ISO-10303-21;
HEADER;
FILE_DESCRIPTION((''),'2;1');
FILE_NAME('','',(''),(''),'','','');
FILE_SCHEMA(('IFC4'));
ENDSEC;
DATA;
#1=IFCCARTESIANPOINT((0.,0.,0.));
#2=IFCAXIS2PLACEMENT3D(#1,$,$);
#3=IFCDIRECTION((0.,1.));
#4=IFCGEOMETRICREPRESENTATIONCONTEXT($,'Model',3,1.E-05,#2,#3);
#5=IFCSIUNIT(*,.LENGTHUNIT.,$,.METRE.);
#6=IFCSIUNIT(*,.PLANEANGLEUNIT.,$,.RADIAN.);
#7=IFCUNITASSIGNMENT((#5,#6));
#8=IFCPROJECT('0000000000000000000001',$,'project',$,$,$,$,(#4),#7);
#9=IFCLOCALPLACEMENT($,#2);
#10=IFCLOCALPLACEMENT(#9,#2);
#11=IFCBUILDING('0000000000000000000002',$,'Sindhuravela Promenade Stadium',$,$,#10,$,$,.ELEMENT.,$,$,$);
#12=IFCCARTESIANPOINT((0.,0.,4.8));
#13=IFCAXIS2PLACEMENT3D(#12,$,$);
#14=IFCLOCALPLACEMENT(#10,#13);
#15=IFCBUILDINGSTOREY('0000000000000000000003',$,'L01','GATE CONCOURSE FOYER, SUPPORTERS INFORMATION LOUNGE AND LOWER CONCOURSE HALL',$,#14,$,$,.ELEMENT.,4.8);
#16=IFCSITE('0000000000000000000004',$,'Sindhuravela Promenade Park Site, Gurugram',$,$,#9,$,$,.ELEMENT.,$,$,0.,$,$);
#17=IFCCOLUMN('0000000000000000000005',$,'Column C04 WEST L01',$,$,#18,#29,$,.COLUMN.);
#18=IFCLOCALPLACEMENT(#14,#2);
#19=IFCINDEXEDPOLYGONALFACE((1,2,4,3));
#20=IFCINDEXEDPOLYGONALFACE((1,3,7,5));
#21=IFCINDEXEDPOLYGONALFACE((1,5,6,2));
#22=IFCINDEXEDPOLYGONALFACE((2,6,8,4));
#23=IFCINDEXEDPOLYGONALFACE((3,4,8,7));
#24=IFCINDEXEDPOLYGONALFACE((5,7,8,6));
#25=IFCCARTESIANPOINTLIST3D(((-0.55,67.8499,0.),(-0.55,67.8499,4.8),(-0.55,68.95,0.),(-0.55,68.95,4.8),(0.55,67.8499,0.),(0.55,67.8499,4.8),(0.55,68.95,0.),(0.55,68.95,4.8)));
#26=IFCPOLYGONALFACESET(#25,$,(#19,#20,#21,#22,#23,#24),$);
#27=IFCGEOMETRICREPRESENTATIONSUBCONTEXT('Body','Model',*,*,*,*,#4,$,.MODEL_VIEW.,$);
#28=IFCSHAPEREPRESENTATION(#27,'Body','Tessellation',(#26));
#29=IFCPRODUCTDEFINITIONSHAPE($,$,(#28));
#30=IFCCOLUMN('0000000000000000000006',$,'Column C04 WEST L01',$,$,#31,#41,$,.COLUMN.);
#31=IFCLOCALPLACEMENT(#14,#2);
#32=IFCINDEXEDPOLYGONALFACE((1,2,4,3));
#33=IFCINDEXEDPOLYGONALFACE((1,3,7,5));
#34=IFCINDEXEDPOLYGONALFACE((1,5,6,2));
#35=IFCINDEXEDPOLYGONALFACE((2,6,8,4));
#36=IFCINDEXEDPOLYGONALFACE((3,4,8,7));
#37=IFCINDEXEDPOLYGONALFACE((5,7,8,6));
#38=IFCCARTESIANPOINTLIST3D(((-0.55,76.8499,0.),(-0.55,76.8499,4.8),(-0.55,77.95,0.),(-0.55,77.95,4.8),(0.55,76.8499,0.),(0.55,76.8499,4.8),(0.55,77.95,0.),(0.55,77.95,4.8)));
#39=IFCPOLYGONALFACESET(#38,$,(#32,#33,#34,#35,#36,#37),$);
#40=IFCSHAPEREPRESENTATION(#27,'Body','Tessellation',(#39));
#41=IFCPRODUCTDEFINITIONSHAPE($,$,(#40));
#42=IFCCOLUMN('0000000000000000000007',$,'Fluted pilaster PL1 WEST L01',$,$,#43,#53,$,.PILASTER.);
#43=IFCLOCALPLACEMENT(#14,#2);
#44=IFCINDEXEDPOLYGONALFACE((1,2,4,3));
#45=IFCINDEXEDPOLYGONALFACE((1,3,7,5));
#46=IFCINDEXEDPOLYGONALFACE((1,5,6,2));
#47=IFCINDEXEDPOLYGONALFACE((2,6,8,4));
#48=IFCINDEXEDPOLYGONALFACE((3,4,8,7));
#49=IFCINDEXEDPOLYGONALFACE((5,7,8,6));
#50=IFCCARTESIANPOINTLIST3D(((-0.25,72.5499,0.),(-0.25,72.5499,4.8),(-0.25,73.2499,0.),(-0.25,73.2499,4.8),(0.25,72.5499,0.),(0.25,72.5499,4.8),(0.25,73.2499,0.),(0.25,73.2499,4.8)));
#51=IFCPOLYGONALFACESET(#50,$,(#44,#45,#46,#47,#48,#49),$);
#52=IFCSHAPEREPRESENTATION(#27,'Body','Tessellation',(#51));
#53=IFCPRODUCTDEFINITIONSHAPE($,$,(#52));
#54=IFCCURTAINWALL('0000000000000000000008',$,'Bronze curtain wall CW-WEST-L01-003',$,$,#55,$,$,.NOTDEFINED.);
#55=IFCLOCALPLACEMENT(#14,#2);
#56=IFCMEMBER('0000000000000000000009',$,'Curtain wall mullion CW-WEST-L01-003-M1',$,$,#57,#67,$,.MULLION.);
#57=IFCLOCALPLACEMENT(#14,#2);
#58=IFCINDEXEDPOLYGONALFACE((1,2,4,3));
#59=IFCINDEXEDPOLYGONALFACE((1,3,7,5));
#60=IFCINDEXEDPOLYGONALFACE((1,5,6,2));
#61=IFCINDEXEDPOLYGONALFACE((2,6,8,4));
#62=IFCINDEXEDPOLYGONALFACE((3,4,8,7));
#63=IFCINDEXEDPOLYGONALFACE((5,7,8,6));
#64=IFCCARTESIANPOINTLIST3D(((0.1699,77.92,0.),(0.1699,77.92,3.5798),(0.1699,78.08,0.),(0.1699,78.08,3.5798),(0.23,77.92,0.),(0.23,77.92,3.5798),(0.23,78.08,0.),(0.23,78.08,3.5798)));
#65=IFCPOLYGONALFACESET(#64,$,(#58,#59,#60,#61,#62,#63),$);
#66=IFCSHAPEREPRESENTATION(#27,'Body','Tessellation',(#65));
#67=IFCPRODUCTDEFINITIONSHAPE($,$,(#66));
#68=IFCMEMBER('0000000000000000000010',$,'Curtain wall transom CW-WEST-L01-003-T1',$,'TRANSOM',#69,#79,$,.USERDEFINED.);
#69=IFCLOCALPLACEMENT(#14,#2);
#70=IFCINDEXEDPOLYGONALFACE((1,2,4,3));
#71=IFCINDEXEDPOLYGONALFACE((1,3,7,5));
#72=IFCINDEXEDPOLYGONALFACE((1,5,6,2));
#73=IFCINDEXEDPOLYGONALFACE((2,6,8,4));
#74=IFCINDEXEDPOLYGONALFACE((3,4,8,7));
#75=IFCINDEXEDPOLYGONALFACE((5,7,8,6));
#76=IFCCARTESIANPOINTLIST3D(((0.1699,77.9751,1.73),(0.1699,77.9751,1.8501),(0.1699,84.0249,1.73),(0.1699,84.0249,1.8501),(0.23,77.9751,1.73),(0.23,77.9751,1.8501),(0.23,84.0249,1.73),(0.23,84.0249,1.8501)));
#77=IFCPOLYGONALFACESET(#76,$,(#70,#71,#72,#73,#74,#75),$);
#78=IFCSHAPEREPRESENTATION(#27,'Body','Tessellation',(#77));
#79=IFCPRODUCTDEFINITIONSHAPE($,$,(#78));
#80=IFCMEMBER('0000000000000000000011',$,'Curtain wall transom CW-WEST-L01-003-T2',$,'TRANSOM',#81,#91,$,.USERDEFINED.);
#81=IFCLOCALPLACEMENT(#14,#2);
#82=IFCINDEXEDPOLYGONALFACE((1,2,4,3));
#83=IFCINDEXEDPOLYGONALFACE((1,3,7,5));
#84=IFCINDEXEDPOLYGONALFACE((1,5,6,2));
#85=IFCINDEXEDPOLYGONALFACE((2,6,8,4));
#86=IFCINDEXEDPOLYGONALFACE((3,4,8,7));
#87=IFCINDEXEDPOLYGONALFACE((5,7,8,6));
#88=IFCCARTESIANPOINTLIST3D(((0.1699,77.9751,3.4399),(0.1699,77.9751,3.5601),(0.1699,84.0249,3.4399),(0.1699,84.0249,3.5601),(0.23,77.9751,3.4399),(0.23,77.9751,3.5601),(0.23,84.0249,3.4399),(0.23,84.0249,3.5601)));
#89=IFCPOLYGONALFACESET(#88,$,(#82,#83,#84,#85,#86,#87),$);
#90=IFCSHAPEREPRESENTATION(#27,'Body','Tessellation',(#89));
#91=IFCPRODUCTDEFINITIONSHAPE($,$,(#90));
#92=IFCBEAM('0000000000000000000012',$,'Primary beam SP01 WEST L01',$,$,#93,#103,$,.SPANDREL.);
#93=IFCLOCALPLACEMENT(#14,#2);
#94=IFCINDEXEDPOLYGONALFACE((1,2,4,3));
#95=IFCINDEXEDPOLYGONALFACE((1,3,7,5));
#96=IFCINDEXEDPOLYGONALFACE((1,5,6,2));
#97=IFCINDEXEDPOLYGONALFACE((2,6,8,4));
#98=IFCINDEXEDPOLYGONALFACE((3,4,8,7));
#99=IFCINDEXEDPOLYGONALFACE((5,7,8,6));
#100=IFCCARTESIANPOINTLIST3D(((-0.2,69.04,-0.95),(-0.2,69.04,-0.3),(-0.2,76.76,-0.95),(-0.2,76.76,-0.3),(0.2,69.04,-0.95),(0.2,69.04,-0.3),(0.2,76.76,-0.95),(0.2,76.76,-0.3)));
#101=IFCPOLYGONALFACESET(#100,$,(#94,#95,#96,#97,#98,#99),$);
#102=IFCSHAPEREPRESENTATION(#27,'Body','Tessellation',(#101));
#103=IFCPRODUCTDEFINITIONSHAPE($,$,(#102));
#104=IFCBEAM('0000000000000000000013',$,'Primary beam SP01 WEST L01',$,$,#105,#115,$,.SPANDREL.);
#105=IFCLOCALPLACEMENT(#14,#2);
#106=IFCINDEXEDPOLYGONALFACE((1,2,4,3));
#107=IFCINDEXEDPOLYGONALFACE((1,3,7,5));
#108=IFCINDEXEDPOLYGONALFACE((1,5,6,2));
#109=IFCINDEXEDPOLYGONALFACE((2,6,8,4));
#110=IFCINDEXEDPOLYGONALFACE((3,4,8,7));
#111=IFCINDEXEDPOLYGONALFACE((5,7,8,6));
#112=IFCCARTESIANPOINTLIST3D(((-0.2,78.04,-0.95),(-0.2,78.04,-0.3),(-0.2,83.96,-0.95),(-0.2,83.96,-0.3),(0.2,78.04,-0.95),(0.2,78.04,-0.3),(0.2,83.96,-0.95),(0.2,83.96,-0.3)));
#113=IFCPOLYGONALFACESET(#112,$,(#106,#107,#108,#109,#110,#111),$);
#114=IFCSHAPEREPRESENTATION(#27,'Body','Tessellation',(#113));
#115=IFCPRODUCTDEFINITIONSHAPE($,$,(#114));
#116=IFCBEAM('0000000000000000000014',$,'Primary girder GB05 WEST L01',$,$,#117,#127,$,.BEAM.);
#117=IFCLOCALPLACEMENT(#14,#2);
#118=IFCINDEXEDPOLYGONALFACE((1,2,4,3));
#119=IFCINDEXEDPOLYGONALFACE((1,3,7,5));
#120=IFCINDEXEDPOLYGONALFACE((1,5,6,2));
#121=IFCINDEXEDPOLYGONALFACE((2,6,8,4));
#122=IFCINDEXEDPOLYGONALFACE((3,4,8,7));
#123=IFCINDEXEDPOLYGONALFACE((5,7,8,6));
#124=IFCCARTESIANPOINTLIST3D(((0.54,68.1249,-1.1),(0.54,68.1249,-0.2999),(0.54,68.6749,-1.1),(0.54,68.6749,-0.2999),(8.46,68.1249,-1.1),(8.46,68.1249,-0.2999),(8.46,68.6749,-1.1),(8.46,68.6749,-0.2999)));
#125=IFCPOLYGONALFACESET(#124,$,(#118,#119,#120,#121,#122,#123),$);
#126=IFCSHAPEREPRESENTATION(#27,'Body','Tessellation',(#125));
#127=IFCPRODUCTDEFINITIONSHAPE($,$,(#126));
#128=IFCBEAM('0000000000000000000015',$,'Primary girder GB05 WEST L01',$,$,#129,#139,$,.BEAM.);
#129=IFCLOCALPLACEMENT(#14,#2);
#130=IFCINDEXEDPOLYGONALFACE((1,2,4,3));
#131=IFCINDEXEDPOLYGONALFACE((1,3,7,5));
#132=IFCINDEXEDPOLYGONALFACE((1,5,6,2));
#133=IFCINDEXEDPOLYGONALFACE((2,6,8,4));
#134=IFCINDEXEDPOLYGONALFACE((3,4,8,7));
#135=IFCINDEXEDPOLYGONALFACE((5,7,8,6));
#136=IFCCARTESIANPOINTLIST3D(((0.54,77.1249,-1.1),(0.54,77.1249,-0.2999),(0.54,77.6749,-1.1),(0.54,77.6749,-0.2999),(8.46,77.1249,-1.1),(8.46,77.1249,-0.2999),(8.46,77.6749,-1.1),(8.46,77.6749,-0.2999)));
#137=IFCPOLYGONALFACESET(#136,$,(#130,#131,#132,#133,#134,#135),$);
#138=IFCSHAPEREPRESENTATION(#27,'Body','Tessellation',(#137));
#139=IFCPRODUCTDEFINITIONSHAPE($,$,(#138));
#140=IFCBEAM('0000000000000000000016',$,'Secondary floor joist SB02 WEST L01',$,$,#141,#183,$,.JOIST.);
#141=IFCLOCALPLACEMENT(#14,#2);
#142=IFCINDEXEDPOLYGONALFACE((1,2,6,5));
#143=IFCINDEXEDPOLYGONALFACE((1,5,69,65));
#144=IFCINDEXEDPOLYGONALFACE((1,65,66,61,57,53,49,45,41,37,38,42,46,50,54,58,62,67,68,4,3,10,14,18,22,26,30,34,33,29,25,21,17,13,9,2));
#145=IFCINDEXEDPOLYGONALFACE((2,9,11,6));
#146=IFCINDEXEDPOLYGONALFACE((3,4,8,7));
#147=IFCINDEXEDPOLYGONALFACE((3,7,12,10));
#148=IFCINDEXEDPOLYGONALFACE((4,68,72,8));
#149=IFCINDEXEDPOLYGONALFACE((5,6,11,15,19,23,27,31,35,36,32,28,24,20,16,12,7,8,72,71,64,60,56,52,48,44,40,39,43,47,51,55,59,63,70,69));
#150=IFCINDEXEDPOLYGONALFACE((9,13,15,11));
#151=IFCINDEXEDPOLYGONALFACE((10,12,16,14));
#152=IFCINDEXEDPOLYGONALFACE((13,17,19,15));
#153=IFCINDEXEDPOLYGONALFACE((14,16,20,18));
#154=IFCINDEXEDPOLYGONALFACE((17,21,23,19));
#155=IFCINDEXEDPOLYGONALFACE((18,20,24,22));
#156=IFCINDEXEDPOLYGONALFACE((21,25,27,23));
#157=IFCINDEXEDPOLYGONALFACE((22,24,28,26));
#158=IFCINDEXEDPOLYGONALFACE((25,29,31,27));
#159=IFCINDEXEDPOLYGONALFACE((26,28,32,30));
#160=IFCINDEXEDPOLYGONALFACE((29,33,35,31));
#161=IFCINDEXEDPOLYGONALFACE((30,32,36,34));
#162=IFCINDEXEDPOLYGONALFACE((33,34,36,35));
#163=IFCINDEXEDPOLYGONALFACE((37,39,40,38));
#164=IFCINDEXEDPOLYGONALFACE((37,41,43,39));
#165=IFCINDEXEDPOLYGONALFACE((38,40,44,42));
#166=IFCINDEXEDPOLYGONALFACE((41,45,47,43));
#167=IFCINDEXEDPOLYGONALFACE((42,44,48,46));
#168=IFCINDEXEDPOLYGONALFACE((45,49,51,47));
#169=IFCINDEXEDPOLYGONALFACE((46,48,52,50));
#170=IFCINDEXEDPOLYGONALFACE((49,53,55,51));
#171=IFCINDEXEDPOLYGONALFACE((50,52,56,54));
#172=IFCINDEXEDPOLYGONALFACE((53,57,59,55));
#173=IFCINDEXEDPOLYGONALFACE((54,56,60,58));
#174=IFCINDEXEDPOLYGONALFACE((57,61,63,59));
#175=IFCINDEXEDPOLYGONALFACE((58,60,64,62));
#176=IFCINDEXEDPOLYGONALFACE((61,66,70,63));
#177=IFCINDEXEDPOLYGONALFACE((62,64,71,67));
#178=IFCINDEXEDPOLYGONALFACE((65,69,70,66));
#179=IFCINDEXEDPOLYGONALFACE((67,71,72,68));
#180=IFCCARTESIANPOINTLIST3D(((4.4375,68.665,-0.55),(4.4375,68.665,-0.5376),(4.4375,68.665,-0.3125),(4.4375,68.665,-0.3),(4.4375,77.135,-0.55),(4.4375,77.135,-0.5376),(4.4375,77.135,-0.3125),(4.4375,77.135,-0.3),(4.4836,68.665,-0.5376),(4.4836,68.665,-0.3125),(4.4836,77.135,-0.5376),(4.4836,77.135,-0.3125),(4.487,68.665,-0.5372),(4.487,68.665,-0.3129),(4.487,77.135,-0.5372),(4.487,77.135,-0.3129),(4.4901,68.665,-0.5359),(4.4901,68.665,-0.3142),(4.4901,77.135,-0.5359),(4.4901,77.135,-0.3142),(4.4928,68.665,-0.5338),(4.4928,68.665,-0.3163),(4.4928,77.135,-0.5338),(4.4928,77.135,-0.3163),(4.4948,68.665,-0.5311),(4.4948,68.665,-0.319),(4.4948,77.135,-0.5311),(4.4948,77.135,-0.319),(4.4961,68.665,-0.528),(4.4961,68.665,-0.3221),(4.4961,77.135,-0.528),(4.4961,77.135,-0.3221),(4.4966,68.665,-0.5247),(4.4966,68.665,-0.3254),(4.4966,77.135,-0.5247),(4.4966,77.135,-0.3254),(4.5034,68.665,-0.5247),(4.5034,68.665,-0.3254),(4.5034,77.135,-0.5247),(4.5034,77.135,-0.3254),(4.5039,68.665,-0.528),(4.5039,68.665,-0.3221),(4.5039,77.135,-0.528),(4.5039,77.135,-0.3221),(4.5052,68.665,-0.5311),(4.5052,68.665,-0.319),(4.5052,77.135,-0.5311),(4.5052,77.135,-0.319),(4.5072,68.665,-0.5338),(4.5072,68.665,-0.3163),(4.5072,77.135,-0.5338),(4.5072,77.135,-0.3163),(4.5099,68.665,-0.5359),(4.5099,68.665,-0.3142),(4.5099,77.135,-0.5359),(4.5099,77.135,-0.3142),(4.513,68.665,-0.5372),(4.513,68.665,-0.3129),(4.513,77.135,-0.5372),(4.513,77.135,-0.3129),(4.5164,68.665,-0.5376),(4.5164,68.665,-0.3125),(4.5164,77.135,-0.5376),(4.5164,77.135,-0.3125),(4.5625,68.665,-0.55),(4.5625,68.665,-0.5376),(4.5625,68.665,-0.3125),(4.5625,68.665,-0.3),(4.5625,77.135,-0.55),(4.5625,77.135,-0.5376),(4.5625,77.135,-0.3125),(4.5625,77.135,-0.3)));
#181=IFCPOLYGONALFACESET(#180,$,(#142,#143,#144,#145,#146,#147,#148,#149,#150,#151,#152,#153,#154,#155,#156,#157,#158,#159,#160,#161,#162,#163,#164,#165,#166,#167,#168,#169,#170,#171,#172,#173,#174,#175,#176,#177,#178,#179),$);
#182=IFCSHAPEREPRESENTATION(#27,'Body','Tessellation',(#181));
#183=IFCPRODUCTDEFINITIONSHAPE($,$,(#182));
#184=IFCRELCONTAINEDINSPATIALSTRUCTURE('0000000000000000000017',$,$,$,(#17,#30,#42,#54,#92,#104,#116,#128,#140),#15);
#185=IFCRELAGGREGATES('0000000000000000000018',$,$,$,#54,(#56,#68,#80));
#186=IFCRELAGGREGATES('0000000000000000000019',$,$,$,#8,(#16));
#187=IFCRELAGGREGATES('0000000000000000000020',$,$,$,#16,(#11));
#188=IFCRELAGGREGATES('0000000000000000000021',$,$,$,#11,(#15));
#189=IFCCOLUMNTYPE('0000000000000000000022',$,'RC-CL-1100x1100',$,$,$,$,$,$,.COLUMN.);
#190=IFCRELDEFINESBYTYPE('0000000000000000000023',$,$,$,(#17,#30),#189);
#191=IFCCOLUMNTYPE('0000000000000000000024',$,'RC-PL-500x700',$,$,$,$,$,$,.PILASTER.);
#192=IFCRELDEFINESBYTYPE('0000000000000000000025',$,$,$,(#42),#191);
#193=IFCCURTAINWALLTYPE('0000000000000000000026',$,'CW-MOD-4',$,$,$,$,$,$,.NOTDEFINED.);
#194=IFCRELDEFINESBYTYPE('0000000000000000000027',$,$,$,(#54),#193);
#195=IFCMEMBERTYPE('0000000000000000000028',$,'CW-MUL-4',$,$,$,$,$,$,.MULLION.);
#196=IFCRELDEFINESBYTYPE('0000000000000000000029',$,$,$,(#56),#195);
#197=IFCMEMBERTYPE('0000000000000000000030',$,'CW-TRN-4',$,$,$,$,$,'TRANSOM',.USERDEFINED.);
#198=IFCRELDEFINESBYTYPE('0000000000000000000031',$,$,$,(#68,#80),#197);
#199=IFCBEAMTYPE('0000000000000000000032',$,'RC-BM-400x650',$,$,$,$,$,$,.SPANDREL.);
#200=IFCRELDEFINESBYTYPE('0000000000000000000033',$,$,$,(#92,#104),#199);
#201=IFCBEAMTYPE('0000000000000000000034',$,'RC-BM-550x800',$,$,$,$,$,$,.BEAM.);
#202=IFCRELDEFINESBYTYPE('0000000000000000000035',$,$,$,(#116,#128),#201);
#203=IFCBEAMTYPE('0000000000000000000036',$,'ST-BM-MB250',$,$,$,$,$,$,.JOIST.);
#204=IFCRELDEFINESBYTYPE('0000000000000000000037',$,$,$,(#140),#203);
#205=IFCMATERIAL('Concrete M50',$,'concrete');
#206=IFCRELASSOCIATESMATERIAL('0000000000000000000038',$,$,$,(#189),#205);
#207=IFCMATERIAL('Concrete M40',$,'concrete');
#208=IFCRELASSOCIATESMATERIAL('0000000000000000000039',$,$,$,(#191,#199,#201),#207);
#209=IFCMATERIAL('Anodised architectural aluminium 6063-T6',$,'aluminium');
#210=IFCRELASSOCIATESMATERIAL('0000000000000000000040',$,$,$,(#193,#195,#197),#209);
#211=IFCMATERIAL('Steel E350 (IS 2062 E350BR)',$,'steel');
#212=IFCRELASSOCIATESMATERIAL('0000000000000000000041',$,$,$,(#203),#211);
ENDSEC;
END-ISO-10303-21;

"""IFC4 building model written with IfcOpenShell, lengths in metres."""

from ifc_helpers import new_model, si_unit, direction, frame, origin, origin_2d, place, context, subcontext, project, spatial, rectangle, i_section, extrude, material, material_profile, profile_set, type_object, element, aggregate, save


model = new_model("IFC4")

# Units and contexts
model_context = context("Model", 3, precision=1e-05, world=origin(), true_north=direction((0.0, 1.0)))
body_context = subcontext(model_context, "Body", "Model", "MODEL_VIEW")
ifc_project = project(units=[si_unit("LENGTHUNIT", "METRE"), si_unit("PLANEANGLEUNIT", "RADIAN")], contexts=[model_context])

# Site, building, storey
site_placement = place(None, origin())
site = spatial("IfcSite", under=ifc_project, at=site_placement, Name="Sindhuravela Promenade Park Site, Gurugram", CompositionType="ELEMENT", RefElevation=0.0)
building_placement = place(site_placement, origin())
building = spatial("IfcBuilding", under=site, at=building_placement, Name="Sindhuravela Promenade Stadium", CompositionType="ELEMENT")
storey_placement = place(building_placement, frame((0.0, 0.0, 4.8)))
storey = spatial("IfcBuildingStorey", under=building, at=storey_placement, Name="L01", Description="GATE CONCOURSE FOYER, SUPPORTERS INFORMATION LOUNGE AND LOWER CONCOURSE HALL", CompositionType="ELEMENT", Elevation=4.8)

# Columns
ifc_material_1 = material(Name="Concrete M50", Category="concrete")
ifc_material_profile_1 = material_profile(ifc_material_1, rectangle(XDim=1.1001, YDim=1.1001, at=origin_2d()), Name="RC 1100x1100")
ifc_profile_set_1 = profile_set([ifc_material_profile_1], Name="Concrete M50")
column_type_1 = type_object("IfcColumnType", Name="RC-CL-1100x1100", PredefinedType="COLUMN", material=ifc_profile_set_1)
for number, where, z_axis, x_axis, name in (
    (1, (0.0, 68.3999, 0.0), (0.0, 0.0, 1.0), (1.0, 0.0, 0.0), "Column C04 WEST L01"),
    (2, (0.0, 77.3999, 0.0), (0.0, 0.0, 1.0), (1.0, 0.0, 0.0), "Column C04 WEST L01"),
):
    element("IfcColumn", number, at=place(storey_placement, frame(where, z_axis=z_axis, x_axis=x_axis)), inside=storey, type_object=column_type_1, Name=name, PredefinedType="COLUMN", context=body_context, shape_type="SweptSolid", body=[
        extrude(rectangle(XDim=1.1001, YDim=1.1001, at=origin_2d()), origin(), (0.0, 0.0, 1.0), 4.8),
    ])
ifc_material_2 = material(Name="Concrete M40", Category="concrete")
ifc_material_profile_2 = material_profile(ifc_material_2, rectangle(XDim=0.5, YDim=0.7, at=origin_2d()), Name="PIL 500x700")
ifc_profile_set_2 = profile_set([ifc_material_profile_2], Name="Concrete M40")
column_type_2 = type_object("IfcColumnType", Name="RC-PL-500x700", PredefinedType="PILASTER", material=ifc_profile_set_2)
column_placement = place(storey_placement, frame((0.0, 72.8999, 0.0), z_axis=(0.0, 0.0, 1.0), x_axis=(1.0, 0.0, 0.0)))
element("IfcColumn", 3, at=column_placement, inside=storey, type_object=column_type_2, Name="Fluted pilaster PL1 WEST L01", PredefinedType="PILASTER", context=body_context, shape_type="SweptSolid", body=[
    extrude(rectangle(XDim=0.5, YDim=0.7, at=origin_2d()), origin(), (0.0, 0.0, 1.0), 4.8),
])

# Curtain wall, members
ifc_material_3 = material(Name="Anodised architectural aluminium 6063-T6", Category="aluminium")
curtain_wall_type = type_object("IfcCurtainWallType", Name="CW-MOD-4", PredefinedType="NOTDEFINED", material=ifc_material_3)
curtain_wall_placement = place(storey_placement, origin())
curtain_wall = element("IfcCurtainWall", 4, at=curtain_wall_placement, inside=storey, type_object=curtain_wall_type, Name="Bronze curtain wall CW-WEST-L01-003", PredefinedType="NOTDEFINED")
ifc_material_profile_3 = material_profile(ifc_material_3, rectangle(XDim=0.0601, YDim=0.1599, at=origin_2d()), Name="ALU M60x160")
ifc_profile_set_3 = profile_set([ifc_material_profile_3], Name="Anodised architectural aluminium 6063-T6")
member_type_1 = type_object("IfcMemberType", Name="CW-MUL-4", PredefinedType="MULLION", material=ifc_profile_set_3)
member_1_placement = place(storey_placement, frame((0.2, 78.0, 0.0), z_axis=(0.0, 0.0, 1.0), x_axis=(1.0, 0.0, 0.0)))
member_1 = element("IfcMember", 5, at=member_1_placement, type_object=member_type_1, Name="Curtain wall mullion CW-WEST-L01-003-M1", PredefinedType="MULLION", context=body_context, shape_type="SweptSolid", body=[
    extrude(rectangle(XDim=0.0601, YDim=0.1599, at=origin_2d()), origin(), (0.0, 0.0, 1.0), 3.5798),
])
ifc_material_profile_4 = material_profile(ifc_material_3, rectangle(XDim=0.0601, YDim=0.1201, at=origin_2d()), Name="ALU T60x120")
ifc_profile_set_4 = profile_set([ifc_material_profile_4], Name="Anodised architectural aluminium 6063-T6")
member_type_2 = type_object("IfcMemberType", Name="CW-TRN-4", ElementType="TRANSOM", PredefinedType="USERDEFINED", material=ifc_profile_set_4)
member_2_placement = place(storey_placement, frame((0.2, 77.9751, 1.79), z_axis=(0.0, 1.0, 0.0), x_axis=(-1.0, 0.0, 0.0)))
member_2 = element("IfcMember", 6, at=member_2_placement, type_object=member_type_2, Name="Curtain wall transom CW-WEST-L01-003-T1", ObjectType="TRANSOM", PredefinedType="USERDEFINED", context=body_context, shape_type="SweptSolid", body=[
    extrude(rectangle(XDim=0.0601, YDim=0.1201, at=origin_2d()), origin(), (0.0, 0.0, 1.0), 6.0498),
])
member_3_placement = place(storey_placement, frame((0.2, 77.9751, 3.5), z_axis=(0.0, 1.0, 0.0), x_axis=(-1.0, 0.0, 0.0)))
member_3 = element("IfcMember", 7, at=member_3_placement, type_object=member_type_2, Name="Curtain wall transom CW-WEST-L01-003-T2", ObjectType="TRANSOM", PredefinedType="USERDEFINED", context=body_context, shape_type="SweptSolid", body=[
    extrude(rectangle(XDim=0.0601, YDim=0.1201, at=origin_2d()), origin(), (0.0, 0.0, 1.0), 6.0498),
])
aggregate(curtain_wall, [member_1, member_2, member_3])

# Beams
ifc_material_profile_5 = material_profile(ifc_material_2, rectangle(XDim=0.3999, YDim=0.6499, at=origin_2d()), Name="RC 400x650")
ifc_profile_set_5 = profile_set([ifc_material_profile_5], Name="Concrete M40")
beam_type_1 = type_object("IfcBeamType", Name="RC-BM-400x650", PredefinedType="SPANDREL", material=ifc_profile_set_5)
beam_1_placement = place(storey_placement, frame((0.0, 69.04, -0.625), z_axis=(0.0, 1.0, 0.0), x_axis=(-1.0, 0.0, 0.0)))
element("IfcBeam", 8, at=beam_1_placement, inside=storey, type_object=beam_type_1, Name="Primary beam SP01 WEST L01", PredefinedType="SPANDREL", context=body_context, shape_type="SweptSolid", body=[
    extrude(rectangle(XDim=0.3999, YDim=0.6499, at=origin_2d()), origin(), (0.0, 0.0, 1.0), 7.72),
])
beam_2_placement = place(storey_placement, frame((0.0, 78.04, -0.625), z_axis=(0.0, 1.0, 0.0), x_axis=(-1.0, 0.0, 0.0)))
element("IfcBeam", 9, at=beam_2_placement, inside=storey, type_object=beam_type_1, Name="Primary beam SP01 WEST L01", PredefinedType="SPANDREL", context=body_context, shape_type="SweptSolid", body=[
    extrude(rectangle(XDim=0.3999, YDim=0.6499, at=origin_2d()), origin(), (0.0, 0.0, 1.0), 5.9199),
])
ifc_material_profile_6 = material_profile(ifc_material_2, rectangle(XDim=0.55, YDim=0.8, at=origin_2d()), Name="RC 550x800")
ifc_profile_set_6 = profile_set([ifc_material_profile_6], Name="Concrete M40")
beam_type_2 = type_object("IfcBeamType", Name="RC-BM-550x800", PredefinedType="BEAM", material=ifc_profile_set_6)
for number, where, z_axis, x_axis, name in (
    (10, (0.54, 68.3999, -0.7), (1.0, 0.0, 0.0), (0.0, 1.0, 0.0), "Primary girder GB05 WEST L01"),
    (11, (0.54, 77.3999, -0.7), (1.0, 0.0, 0.0), (0.0, 1.0, 0.0), "Primary girder GB05 WEST L01"),
):
    element("IfcBeam", number, at=place(storey_placement, frame(where, z_axis=z_axis, x_axis=x_axis)), inside=storey, type_object=beam_type_2, Name=name, PredefinedType="BEAM", context=body_context, shape_type="SweptSolid", body=[
        extrude(rectangle(XDim=0.55, YDim=0.8, at=origin_2d()), origin(), (0.0, 0.0, 1.0), 7.9199),
    ])
ifc_material_4 = material(Name="Steel E350 (IS 2062 E350BR)", Category="steel")
ifc_material_profile_7 = material_profile(ifc_material_4, i_section(OverallWidth=0.125, OverallDepth=0.25, WebThickness=0.0068, FlangeThickness=0.0125, FilletRadius=0.0129, at=origin_2d()), Name="ISMB 250")
ifc_profile_set_7 = profile_set([ifc_material_profile_7], Name="Steel E350 (IS 2062 E350BR)")
beam_type_3 = type_object("IfcBeamType", Name="ST-BM-MB250", PredefinedType="JOIST", material=ifc_profile_set_7)
beam_3_placement = place(storey_placement, frame((4.5, 68.665, -0.425), z_axis=(0.0, 1.0, 0.0), x_axis=(-1.0, 0.0, 0.0)))
element("IfcBeam", 12, at=beam_3_placement, inside=storey, type_object=beam_type_3, Name="Secondary floor joist SB02 WEST L01", PredefinedType="JOIST", context=body_context, shape_type="SweptSolid", body=[
    extrude(i_section(OverallWidth=0.125, OverallDepth=0.25, WebThickness=0.0068, FlangeThickness=0.0125, FilletRadius=0.0129, at=origin_2d()), origin(), (0.0, 0.0, 1.0), 8.47),
])

save(model, "model.ifc")
